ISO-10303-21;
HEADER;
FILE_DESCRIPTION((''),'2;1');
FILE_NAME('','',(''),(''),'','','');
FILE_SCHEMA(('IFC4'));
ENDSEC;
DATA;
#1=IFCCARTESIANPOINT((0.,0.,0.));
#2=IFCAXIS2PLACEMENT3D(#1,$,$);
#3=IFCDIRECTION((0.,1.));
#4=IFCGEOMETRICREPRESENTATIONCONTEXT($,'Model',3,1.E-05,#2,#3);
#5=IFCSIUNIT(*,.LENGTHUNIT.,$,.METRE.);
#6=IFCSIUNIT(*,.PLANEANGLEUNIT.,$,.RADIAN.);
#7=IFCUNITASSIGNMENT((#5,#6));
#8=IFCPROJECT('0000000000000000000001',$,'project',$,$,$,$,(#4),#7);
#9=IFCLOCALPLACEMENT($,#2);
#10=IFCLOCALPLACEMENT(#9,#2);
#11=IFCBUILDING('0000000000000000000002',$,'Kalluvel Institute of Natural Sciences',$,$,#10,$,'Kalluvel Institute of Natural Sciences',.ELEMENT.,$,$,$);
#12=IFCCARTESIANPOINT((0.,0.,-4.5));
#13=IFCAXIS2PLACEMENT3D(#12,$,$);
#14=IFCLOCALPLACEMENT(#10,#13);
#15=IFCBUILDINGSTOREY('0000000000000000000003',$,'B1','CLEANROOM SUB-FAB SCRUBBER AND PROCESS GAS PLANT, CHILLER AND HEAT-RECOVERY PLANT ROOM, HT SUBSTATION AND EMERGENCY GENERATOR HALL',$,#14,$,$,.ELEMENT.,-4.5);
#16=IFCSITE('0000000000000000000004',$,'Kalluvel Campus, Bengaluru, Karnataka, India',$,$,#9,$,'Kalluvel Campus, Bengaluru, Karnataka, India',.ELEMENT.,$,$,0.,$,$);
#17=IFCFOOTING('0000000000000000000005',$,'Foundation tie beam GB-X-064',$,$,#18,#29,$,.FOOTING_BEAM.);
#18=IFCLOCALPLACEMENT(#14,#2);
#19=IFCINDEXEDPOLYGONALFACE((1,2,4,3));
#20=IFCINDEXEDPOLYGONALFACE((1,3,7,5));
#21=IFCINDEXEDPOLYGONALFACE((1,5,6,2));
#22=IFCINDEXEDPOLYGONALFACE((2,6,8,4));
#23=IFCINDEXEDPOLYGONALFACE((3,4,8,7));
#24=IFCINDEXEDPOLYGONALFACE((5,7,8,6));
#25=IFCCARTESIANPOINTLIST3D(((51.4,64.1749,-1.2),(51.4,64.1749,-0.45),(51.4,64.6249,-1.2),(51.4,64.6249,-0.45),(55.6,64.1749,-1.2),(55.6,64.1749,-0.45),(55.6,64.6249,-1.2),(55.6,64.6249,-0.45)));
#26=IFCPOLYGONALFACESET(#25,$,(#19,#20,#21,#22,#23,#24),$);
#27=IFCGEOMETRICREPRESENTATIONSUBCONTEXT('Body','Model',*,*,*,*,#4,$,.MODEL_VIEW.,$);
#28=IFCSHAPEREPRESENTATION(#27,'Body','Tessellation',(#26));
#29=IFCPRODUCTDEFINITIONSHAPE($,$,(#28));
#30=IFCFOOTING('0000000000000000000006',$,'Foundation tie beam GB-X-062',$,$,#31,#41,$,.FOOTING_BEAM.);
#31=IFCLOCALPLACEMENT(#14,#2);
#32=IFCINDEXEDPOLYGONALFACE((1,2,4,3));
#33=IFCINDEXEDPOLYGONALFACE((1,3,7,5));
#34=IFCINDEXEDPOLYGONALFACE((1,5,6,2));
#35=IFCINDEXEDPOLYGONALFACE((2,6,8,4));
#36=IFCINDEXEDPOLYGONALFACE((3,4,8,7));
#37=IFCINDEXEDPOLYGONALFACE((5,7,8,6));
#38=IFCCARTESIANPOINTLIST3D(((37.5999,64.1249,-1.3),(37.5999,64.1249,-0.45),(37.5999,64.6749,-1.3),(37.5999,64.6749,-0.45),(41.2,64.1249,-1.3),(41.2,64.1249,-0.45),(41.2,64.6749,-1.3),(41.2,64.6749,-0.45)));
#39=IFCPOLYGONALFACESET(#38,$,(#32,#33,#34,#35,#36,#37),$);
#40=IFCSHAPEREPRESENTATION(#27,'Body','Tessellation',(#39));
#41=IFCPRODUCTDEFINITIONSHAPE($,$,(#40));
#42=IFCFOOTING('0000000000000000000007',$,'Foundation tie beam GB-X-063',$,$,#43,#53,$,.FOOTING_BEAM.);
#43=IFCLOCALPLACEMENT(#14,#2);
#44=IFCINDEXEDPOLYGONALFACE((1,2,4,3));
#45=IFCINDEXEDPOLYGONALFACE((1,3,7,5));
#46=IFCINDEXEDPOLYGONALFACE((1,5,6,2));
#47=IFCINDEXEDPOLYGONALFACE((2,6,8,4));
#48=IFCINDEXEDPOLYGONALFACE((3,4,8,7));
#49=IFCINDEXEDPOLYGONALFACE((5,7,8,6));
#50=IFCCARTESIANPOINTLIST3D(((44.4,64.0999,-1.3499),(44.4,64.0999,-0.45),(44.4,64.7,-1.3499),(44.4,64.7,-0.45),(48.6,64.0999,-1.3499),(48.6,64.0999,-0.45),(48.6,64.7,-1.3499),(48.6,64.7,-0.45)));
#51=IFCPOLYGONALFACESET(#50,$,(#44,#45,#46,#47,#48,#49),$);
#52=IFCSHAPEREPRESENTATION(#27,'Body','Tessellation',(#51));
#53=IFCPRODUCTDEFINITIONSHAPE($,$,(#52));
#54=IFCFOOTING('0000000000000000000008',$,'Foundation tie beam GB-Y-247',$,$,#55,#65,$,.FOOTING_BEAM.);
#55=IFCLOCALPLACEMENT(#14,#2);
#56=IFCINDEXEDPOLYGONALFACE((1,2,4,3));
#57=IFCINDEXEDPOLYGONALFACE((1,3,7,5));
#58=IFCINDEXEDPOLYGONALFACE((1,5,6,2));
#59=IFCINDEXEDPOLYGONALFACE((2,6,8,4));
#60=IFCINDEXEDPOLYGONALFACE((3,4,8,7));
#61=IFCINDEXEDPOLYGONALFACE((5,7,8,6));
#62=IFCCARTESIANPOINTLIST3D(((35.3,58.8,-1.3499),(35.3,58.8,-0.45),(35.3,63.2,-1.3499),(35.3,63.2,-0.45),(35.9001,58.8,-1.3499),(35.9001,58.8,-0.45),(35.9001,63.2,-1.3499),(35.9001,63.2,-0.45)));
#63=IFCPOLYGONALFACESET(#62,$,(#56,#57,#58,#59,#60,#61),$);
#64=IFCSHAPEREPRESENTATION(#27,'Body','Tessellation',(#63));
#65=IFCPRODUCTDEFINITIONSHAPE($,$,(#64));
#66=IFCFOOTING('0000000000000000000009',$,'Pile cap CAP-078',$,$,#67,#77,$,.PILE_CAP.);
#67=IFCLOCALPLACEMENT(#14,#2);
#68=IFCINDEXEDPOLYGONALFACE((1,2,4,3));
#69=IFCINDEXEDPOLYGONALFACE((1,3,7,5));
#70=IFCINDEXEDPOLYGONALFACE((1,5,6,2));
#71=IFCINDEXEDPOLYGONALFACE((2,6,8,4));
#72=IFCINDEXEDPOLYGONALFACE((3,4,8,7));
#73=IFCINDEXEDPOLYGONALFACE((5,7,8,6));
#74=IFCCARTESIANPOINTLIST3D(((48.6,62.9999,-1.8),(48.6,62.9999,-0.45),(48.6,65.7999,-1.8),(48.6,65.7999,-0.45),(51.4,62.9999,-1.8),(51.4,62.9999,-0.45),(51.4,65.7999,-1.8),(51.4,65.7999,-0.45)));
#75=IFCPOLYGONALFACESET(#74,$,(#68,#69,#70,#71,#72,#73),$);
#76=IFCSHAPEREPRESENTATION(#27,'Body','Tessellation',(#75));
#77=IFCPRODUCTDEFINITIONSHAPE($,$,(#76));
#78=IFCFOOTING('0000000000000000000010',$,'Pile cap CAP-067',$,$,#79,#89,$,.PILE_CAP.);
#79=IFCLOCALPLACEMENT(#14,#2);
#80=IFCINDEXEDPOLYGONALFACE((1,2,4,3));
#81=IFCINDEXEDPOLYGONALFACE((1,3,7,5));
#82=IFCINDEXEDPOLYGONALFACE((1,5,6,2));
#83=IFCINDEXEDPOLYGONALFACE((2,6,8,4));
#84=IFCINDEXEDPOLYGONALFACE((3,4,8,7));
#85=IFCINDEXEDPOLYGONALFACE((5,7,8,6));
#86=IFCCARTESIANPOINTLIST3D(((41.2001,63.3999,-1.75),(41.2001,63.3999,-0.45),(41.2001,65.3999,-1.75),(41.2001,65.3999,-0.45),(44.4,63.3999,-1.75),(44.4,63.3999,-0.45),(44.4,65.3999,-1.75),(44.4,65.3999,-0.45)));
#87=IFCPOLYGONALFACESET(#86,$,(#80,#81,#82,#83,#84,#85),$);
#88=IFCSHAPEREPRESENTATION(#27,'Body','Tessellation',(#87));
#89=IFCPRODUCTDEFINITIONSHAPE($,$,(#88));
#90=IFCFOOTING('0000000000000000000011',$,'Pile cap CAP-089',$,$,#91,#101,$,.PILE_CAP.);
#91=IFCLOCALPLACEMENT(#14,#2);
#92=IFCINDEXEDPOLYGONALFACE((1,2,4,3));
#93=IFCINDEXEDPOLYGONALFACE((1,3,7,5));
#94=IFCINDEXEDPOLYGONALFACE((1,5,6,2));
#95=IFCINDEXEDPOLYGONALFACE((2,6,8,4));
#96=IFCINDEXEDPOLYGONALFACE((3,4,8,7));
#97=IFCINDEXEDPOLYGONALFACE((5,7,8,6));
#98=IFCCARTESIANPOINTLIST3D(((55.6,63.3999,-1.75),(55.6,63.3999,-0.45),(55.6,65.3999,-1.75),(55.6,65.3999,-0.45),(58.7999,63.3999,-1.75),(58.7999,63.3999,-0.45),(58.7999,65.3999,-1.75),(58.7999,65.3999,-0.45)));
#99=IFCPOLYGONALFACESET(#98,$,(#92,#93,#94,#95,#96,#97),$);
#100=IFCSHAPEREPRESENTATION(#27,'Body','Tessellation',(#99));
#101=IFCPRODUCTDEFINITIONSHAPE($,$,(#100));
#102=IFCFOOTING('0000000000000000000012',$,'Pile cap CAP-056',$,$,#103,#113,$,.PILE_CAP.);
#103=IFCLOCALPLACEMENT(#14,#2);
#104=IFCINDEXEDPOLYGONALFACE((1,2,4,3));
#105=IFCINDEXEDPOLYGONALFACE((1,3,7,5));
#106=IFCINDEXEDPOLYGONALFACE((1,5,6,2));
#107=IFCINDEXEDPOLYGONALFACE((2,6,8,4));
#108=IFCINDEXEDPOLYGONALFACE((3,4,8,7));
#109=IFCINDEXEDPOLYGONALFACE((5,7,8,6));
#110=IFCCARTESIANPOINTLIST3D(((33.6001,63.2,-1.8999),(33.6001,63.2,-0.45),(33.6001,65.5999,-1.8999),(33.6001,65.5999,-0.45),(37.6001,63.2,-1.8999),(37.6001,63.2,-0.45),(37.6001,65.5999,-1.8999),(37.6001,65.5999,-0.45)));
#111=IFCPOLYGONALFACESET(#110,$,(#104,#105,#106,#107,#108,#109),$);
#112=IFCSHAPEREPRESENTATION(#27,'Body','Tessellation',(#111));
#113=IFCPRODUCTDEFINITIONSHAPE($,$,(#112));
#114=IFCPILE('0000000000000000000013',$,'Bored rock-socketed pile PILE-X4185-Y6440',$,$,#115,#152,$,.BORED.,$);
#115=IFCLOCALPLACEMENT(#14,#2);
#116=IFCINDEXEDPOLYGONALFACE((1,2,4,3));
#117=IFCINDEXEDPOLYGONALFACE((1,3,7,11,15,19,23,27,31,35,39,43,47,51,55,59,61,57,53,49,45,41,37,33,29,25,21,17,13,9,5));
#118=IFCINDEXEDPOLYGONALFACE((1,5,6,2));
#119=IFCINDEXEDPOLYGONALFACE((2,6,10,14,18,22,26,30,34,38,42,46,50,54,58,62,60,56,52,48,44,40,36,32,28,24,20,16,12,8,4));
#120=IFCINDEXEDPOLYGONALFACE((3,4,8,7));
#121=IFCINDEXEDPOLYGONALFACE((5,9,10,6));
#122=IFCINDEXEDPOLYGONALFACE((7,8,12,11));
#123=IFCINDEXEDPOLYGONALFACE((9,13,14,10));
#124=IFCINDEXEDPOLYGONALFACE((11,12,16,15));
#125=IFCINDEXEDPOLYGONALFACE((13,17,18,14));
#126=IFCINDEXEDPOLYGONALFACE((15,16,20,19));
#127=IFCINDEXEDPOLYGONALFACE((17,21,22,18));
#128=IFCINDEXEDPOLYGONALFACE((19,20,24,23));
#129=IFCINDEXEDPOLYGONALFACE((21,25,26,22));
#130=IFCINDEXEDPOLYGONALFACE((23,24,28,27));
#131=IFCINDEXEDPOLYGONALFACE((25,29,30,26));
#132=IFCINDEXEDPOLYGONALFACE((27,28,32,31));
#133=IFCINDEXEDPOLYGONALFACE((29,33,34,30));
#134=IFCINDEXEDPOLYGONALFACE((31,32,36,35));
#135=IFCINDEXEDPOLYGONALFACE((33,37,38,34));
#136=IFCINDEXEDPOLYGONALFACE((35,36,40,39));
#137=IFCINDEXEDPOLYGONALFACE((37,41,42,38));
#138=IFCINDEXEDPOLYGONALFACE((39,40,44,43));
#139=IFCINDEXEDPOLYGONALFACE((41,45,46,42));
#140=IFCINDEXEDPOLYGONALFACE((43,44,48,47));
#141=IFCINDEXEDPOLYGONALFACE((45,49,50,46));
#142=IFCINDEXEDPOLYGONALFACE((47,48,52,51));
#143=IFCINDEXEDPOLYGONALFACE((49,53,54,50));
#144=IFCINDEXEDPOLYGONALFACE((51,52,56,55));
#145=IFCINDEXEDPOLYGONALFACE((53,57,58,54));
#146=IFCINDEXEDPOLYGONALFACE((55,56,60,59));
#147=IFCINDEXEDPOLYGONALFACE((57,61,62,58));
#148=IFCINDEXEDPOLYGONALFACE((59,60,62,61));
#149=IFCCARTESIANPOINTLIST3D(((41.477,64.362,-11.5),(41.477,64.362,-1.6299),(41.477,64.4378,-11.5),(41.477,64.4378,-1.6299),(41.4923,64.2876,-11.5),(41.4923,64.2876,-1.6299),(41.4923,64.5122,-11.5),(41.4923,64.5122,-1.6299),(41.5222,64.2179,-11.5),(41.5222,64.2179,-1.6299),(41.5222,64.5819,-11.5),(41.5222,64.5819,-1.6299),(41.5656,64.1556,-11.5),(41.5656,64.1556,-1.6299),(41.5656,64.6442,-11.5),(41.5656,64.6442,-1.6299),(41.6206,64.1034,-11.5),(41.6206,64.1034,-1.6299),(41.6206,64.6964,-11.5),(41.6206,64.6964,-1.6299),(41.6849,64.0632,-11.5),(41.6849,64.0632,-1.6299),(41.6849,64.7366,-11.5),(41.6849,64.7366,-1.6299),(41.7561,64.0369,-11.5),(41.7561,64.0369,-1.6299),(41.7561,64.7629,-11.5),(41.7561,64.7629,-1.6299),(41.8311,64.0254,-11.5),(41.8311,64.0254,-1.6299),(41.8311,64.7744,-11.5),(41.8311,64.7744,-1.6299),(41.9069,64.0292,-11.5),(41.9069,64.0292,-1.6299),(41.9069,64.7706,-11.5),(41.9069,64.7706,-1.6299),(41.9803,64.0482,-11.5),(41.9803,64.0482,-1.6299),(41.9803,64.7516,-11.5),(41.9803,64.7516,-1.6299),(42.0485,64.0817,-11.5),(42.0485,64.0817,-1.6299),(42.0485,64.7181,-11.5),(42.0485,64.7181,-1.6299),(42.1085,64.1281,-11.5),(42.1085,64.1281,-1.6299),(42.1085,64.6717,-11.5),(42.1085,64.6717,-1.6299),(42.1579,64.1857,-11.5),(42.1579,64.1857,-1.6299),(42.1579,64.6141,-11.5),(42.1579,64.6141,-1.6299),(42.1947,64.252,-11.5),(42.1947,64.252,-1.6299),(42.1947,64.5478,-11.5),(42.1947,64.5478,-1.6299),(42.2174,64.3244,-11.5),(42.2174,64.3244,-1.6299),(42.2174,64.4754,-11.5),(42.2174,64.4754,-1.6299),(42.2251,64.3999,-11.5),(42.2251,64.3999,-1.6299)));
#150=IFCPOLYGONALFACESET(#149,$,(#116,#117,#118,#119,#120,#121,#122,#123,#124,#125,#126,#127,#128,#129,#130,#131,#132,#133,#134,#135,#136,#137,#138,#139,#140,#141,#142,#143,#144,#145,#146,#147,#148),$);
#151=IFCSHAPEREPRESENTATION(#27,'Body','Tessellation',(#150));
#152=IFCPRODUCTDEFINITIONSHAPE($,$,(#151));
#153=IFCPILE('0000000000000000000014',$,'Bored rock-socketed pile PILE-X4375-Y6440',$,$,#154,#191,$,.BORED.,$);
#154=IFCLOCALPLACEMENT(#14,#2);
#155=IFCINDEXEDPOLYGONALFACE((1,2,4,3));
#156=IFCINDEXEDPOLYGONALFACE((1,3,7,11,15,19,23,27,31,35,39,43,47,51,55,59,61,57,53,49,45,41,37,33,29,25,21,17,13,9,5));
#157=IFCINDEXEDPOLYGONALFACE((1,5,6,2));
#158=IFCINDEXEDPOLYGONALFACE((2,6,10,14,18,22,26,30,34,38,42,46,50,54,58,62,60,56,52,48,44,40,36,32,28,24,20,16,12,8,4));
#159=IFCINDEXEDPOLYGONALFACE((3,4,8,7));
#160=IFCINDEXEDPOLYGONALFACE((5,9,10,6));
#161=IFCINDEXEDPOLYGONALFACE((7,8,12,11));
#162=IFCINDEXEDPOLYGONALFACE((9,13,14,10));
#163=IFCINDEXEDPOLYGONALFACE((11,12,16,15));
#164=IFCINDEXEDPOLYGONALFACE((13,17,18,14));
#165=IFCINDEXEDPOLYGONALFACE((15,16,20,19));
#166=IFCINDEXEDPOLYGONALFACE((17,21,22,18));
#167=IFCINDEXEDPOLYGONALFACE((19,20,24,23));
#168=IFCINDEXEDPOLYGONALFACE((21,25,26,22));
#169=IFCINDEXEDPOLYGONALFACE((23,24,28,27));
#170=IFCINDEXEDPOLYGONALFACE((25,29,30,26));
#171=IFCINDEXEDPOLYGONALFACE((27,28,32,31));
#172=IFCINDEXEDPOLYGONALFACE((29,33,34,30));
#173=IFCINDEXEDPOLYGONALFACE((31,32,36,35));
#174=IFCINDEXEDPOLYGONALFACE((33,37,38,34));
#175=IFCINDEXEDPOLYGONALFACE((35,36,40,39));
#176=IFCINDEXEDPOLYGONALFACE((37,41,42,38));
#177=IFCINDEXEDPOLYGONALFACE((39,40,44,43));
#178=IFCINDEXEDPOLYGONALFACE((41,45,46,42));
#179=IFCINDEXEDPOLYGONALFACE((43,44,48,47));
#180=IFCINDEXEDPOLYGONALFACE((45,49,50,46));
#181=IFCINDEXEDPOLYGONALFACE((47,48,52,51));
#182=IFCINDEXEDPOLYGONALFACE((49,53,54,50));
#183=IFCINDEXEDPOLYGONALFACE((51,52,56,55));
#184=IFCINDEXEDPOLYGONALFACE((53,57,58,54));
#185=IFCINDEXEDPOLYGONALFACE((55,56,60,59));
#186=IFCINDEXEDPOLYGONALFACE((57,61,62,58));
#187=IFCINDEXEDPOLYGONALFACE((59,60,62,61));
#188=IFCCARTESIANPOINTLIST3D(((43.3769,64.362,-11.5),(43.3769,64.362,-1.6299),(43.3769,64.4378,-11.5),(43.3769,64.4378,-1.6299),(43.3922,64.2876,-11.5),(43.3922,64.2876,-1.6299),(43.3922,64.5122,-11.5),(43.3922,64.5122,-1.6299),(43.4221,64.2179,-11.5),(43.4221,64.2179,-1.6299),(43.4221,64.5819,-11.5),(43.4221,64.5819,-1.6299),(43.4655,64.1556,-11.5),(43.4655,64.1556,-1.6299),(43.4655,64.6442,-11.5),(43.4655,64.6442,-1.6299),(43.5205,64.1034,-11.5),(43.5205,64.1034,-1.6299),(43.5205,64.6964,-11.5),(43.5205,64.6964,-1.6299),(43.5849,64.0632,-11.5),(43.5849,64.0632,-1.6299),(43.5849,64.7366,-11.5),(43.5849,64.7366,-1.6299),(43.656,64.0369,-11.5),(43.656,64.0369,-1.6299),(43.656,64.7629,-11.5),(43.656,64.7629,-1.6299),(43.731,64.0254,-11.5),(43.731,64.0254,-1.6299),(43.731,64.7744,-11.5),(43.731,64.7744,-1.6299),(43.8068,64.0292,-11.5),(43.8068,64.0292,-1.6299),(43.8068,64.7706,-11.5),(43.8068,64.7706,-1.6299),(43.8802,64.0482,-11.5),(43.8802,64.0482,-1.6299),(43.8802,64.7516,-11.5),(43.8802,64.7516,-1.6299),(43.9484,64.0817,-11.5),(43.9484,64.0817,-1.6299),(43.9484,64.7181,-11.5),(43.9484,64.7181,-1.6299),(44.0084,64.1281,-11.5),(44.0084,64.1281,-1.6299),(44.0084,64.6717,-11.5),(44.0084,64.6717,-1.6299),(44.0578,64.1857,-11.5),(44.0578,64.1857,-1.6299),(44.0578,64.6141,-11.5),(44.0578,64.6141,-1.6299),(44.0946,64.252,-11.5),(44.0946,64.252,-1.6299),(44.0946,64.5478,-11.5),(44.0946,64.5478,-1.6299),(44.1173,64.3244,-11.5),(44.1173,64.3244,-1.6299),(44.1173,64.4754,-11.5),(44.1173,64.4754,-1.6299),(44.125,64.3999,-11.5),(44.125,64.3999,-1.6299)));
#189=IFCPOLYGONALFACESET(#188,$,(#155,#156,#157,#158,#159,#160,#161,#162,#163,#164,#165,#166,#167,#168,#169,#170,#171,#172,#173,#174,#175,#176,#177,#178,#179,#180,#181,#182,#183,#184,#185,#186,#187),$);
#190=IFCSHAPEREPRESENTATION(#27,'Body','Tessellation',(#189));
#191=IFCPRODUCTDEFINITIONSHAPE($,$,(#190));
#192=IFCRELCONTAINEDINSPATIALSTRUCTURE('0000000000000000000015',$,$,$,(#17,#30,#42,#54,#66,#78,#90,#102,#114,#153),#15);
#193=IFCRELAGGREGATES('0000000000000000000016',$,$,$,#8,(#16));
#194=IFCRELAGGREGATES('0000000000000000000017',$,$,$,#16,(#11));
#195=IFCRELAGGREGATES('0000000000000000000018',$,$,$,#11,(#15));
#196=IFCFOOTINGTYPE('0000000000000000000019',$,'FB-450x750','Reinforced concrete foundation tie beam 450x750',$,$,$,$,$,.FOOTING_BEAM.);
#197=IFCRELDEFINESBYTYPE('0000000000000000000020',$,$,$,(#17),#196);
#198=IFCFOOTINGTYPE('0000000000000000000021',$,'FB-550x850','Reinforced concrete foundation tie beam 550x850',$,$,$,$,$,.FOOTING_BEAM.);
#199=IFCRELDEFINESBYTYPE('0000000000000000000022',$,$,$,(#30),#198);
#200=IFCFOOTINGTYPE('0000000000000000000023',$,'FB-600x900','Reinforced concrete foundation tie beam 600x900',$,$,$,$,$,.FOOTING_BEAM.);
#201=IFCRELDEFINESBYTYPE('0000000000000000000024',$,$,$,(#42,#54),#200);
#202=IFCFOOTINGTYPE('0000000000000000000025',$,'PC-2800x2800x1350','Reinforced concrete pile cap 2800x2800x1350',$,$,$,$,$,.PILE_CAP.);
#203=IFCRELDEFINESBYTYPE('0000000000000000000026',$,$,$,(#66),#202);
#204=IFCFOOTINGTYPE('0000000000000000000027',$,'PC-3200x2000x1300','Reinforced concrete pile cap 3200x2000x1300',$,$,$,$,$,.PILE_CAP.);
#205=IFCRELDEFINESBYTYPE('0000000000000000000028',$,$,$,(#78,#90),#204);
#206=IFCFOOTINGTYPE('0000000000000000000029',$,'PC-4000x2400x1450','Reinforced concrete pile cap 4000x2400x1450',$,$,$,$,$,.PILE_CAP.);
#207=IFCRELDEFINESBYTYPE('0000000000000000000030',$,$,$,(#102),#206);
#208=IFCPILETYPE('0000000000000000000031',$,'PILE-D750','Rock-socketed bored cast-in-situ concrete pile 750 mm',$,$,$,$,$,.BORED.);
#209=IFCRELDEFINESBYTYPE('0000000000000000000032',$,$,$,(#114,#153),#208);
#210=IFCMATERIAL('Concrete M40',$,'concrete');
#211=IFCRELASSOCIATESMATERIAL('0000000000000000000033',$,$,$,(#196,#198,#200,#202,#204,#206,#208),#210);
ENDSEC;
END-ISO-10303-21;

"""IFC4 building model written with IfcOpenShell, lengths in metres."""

from ifc_helpers import new_model, si_unit, direction, frame, origin, origin_2d, place, context, subcontext, project, spatial, rectangle, circle, extrude, material, material_profile, profile_set, type_object, element, save


model = new_model("IFC4")

# Units and contexts
model_context = context("Model", 3, precision=1e-05, world=origin(), true_north=direction((0.0, 1.0)))
body_context = subcontext(model_context, "Body", "Model", "MODEL_VIEW")
ifc_project = project(units=[si_unit("LENGTHUNIT", "METRE"), si_unit("PLANEANGLEUNIT", "RADIAN")], contexts=[model_context])

# Site, building, storey
site_placement = place(None, origin())
site = spatial("IfcSite", under=ifc_project, at=site_placement, Name="Kalluvel Campus, Bengaluru, Karnataka, India", LongName="Kalluvel Campus, Bengaluru, Karnataka, India", CompositionType="ELEMENT", RefElevation=0.0)
building_placement = place(site_placement, origin())
building = spatial("IfcBuilding", under=site, at=building_placement, Name="Kalluvel Institute of Natural Sciences", LongName="Kalluvel Institute of Natural Sciences", CompositionType="ELEMENT")
storey_placement = place(building_placement, frame((0.0, 0.0, -4.5)))
storey = spatial("IfcBuildingStorey", under=building, at=storey_placement, Name="B1", Description="CLEANROOM SUB-FAB SCRUBBER AND PROCESS GAS PLANT, CHILLER AND HEAT-RECOVERY PLANT ROOM, HT SUBSTATION AND EMERGENCY GENERATOR HALL", CompositionType="ELEMENT", Elevation=-4.5)

# Footings
ifc_material_1 = material(Name="Concrete M40", Category="concrete")
footing_type_1 = type_object("IfcFootingType", Name="FB-450x750", Description="Reinforced concrete foundation tie beam 450x750", PredefinedType="FOOTING_BEAM", material=ifc_material_1)
footing_1_placement = place(storey_placement, frame((53.5, 64.3999, -1.2), z_axis=(0.0, 0.0, 1.0), x_axis=(1.0, 0.0, 0.0)))
element("IfcFooting", 1, at=footing_1_placement, inside=storey, type_object=footing_type_1, Name="Foundation tie beam GB-X-064", PredefinedType="FOOTING_BEAM", context=body_context, shape_type="SweptSolid", body=[
    extrude(rectangle(XDim=4.2, YDim=0.45, at=origin_2d()), origin(), (0.0, 0.0, 1.0), 0.75),
])
footing_type_2 = type_object("IfcFootingType", Name="FB-550x850", Description="Reinforced concrete foundation tie beam 550x850", PredefinedType="FOOTING_BEAM", material=ifc_material_1)
footing_2_placement = place(storey_placement, frame((39.3999, 64.3999, -1.3), z_axis=(0.0, 0.0, 1.0), x_axis=(1.0, 0.0, 0.0)))
element("IfcFooting", 2, at=footing_2_placement, inside=storey, type_object=footing_type_2, Name="Foundation tie beam GB-X-062", PredefinedType="FOOTING_BEAM", context=body_context, shape_type="SweptSolid", body=[
    extrude(rectangle(XDim=3.6001, YDim=0.55, at=origin_2d()), origin(), (0.0, 0.0, 1.0), 0.8501),
])
footing_type_3 = type_object("IfcFootingType", Name="FB-600x900", Description="Reinforced concrete foundation tie beam 600x900", PredefinedType="FOOTING_BEAM", material=ifc_material_1)
footing_3_placement = place(storey_placement, frame((46.5, 64.3999, -1.3499), z_axis=(0.0, 0.0, 1.0), x_axis=(1.0, 0.0, 0.0)))
element("IfcFooting", 3, at=footing_3_placement, inside=storey, type_object=footing_type_3, Name="Foundation tie beam GB-X-063", PredefinedType="FOOTING_BEAM", context=body_context, shape_type="SweptSolid", body=[
    extrude(rectangle(XDim=4.2, YDim=0.6001, at=origin_2d()), origin(), (0.0, 0.0, 1.0), 0.8999),
])
footing_4_placement = place(storey_placement, frame((35.6001, 61.0, -1.3499), z_axis=(0.0, 0.0, 1.0), x_axis=(1.0, 0.0, 0.0)))
element("IfcFooting", 4, at=footing_4_placement, inside=storey, type_object=footing_type_3, Name="Foundation tie beam GB-Y-247", PredefinedType="FOOTING_BEAM", context=body_context, shape_type="SweptSolid", body=[
    extrude(rectangle(XDim=0.6001, YDim=4.3999, at=origin_2d()), origin(), (0.0, 0.0, 1.0), 0.8999),
])
footing_type_4 = type_object("IfcFootingType", Name="PC-2800x2800x1350", Description="Reinforced concrete pile cap 2800x2800x1350", PredefinedType="PILE_CAP", material=ifc_material_1)
footing_5_placement = place(storey_placement, frame((50.0, 64.3999, -1.8), z_axis=(0.0, 0.0, 1.0), x_axis=(1.0, 0.0, 0.0)))
element("IfcFooting", 5, at=footing_5_placement, inside=storey, type_object=footing_type_4, Name="Pile cap CAP-078", PredefinedType="PILE_CAP", context=body_context, shape_type="SweptSolid", body=[
    extrude(rectangle(XDim=2.8, YDim=2.8, at=origin_2d()), origin(), (0.0, 0.0, 1.0), 1.3501),
])
footing_type_5 = type_object("IfcFootingType", Name="PC-3200x2000x1300", Description="Reinforced concrete pile cap 3200x2000x1300", PredefinedType="PILE_CAP", material=ifc_material_1)
for number, where, z_axis, x_axis, name in (
    (6, (42.8, 64.3999, -1.75), (0.0, 0.0, 1.0), (1.0, 0.0, 0.0), "Pile cap CAP-067"),
    (7, (57.2, 64.3999, -1.75), (0.0, 0.0, 1.0), (1.0, 0.0, 0.0), "Pile cap CAP-089"),
):
    element("IfcFooting", number, at=place(storey_placement, frame(where, z_axis=z_axis, x_axis=x_axis)), inside=storey, type_object=footing_type_5, Name=name, PredefinedType="PILE_CAP", context=body_context, shape_type="SweptSolid", body=[
        extrude(rectangle(XDim=3.2, YDim=2.0, at=origin_2d()), origin(), (0.0, 0.0, 1.0), 1.3),
    ])
footing_type_6 = type_object("IfcFootingType", Name="PC-4000x2400x1450", Description="Reinforced concrete pile cap 4000x2400x1450", PredefinedType="PILE_CAP", material=ifc_material_1)
footing_6_placement = place(storey_placement, frame((35.6001, 64.3999, -1.8999), z_axis=(0.0, 0.0, 1.0), x_axis=(1.0, 0.0, 0.0)))
element("IfcFooting", 8, at=footing_6_placement, inside=storey, type_object=footing_type_6, Name="Pile cap CAP-056", PredefinedType="PILE_CAP", context=body_context, shape_type="SweptSolid", body=[
    extrude(rectangle(XDim=4.0, YDim=2.3999, at=origin_2d()), origin(), (0.0, 0.0, 1.0), 1.45),
])

# Piles
ifc_material_profile_1 = material_profile(ifc_material_1, circle(Radius=0.375, at=origin_2d()), Name="PILE D750")
ifc_profile_set_1 = profile_set([ifc_material_profile_1], Name="Concrete M40")
pile_type_1 = type_object("IfcPileType", Name="PILE-D750", Description="Rock-socketed bored cast-in-situ concrete pile 750 mm", PredefinedType="BORED", material=ifc_profile_set_1)
for number, where, z_axis, x_axis, name in (
    (9, (41.8501, 64.3999, -1.6299), (0.0, 0.0, -1.0), (1.0, 0.0, 0.0), "Bored rock-socketed pile PILE-X4185-Y6440"),
    (10, (43.75, 64.3999, -1.6299), (0.0, 0.0, -1.0), (1.0, 0.0, 0.0), "Bored rock-socketed pile PILE-X4375-Y6440"),
):
    element("IfcPile", number, at=place(storey_placement, frame(where, z_axis=z_axis, x_axis=x_axis)), inside=storey, type_object=pile_type_1, Name=name, PredefinedType="BORED", context=body_context, shape_type="SweptSolid", body=[
        extrude(circle(Radius=0.375, at=origin_2d()), origin(), (0.0, 0.0, 1.0), 9.8701),
    ])

save(model, "model.ifc")
